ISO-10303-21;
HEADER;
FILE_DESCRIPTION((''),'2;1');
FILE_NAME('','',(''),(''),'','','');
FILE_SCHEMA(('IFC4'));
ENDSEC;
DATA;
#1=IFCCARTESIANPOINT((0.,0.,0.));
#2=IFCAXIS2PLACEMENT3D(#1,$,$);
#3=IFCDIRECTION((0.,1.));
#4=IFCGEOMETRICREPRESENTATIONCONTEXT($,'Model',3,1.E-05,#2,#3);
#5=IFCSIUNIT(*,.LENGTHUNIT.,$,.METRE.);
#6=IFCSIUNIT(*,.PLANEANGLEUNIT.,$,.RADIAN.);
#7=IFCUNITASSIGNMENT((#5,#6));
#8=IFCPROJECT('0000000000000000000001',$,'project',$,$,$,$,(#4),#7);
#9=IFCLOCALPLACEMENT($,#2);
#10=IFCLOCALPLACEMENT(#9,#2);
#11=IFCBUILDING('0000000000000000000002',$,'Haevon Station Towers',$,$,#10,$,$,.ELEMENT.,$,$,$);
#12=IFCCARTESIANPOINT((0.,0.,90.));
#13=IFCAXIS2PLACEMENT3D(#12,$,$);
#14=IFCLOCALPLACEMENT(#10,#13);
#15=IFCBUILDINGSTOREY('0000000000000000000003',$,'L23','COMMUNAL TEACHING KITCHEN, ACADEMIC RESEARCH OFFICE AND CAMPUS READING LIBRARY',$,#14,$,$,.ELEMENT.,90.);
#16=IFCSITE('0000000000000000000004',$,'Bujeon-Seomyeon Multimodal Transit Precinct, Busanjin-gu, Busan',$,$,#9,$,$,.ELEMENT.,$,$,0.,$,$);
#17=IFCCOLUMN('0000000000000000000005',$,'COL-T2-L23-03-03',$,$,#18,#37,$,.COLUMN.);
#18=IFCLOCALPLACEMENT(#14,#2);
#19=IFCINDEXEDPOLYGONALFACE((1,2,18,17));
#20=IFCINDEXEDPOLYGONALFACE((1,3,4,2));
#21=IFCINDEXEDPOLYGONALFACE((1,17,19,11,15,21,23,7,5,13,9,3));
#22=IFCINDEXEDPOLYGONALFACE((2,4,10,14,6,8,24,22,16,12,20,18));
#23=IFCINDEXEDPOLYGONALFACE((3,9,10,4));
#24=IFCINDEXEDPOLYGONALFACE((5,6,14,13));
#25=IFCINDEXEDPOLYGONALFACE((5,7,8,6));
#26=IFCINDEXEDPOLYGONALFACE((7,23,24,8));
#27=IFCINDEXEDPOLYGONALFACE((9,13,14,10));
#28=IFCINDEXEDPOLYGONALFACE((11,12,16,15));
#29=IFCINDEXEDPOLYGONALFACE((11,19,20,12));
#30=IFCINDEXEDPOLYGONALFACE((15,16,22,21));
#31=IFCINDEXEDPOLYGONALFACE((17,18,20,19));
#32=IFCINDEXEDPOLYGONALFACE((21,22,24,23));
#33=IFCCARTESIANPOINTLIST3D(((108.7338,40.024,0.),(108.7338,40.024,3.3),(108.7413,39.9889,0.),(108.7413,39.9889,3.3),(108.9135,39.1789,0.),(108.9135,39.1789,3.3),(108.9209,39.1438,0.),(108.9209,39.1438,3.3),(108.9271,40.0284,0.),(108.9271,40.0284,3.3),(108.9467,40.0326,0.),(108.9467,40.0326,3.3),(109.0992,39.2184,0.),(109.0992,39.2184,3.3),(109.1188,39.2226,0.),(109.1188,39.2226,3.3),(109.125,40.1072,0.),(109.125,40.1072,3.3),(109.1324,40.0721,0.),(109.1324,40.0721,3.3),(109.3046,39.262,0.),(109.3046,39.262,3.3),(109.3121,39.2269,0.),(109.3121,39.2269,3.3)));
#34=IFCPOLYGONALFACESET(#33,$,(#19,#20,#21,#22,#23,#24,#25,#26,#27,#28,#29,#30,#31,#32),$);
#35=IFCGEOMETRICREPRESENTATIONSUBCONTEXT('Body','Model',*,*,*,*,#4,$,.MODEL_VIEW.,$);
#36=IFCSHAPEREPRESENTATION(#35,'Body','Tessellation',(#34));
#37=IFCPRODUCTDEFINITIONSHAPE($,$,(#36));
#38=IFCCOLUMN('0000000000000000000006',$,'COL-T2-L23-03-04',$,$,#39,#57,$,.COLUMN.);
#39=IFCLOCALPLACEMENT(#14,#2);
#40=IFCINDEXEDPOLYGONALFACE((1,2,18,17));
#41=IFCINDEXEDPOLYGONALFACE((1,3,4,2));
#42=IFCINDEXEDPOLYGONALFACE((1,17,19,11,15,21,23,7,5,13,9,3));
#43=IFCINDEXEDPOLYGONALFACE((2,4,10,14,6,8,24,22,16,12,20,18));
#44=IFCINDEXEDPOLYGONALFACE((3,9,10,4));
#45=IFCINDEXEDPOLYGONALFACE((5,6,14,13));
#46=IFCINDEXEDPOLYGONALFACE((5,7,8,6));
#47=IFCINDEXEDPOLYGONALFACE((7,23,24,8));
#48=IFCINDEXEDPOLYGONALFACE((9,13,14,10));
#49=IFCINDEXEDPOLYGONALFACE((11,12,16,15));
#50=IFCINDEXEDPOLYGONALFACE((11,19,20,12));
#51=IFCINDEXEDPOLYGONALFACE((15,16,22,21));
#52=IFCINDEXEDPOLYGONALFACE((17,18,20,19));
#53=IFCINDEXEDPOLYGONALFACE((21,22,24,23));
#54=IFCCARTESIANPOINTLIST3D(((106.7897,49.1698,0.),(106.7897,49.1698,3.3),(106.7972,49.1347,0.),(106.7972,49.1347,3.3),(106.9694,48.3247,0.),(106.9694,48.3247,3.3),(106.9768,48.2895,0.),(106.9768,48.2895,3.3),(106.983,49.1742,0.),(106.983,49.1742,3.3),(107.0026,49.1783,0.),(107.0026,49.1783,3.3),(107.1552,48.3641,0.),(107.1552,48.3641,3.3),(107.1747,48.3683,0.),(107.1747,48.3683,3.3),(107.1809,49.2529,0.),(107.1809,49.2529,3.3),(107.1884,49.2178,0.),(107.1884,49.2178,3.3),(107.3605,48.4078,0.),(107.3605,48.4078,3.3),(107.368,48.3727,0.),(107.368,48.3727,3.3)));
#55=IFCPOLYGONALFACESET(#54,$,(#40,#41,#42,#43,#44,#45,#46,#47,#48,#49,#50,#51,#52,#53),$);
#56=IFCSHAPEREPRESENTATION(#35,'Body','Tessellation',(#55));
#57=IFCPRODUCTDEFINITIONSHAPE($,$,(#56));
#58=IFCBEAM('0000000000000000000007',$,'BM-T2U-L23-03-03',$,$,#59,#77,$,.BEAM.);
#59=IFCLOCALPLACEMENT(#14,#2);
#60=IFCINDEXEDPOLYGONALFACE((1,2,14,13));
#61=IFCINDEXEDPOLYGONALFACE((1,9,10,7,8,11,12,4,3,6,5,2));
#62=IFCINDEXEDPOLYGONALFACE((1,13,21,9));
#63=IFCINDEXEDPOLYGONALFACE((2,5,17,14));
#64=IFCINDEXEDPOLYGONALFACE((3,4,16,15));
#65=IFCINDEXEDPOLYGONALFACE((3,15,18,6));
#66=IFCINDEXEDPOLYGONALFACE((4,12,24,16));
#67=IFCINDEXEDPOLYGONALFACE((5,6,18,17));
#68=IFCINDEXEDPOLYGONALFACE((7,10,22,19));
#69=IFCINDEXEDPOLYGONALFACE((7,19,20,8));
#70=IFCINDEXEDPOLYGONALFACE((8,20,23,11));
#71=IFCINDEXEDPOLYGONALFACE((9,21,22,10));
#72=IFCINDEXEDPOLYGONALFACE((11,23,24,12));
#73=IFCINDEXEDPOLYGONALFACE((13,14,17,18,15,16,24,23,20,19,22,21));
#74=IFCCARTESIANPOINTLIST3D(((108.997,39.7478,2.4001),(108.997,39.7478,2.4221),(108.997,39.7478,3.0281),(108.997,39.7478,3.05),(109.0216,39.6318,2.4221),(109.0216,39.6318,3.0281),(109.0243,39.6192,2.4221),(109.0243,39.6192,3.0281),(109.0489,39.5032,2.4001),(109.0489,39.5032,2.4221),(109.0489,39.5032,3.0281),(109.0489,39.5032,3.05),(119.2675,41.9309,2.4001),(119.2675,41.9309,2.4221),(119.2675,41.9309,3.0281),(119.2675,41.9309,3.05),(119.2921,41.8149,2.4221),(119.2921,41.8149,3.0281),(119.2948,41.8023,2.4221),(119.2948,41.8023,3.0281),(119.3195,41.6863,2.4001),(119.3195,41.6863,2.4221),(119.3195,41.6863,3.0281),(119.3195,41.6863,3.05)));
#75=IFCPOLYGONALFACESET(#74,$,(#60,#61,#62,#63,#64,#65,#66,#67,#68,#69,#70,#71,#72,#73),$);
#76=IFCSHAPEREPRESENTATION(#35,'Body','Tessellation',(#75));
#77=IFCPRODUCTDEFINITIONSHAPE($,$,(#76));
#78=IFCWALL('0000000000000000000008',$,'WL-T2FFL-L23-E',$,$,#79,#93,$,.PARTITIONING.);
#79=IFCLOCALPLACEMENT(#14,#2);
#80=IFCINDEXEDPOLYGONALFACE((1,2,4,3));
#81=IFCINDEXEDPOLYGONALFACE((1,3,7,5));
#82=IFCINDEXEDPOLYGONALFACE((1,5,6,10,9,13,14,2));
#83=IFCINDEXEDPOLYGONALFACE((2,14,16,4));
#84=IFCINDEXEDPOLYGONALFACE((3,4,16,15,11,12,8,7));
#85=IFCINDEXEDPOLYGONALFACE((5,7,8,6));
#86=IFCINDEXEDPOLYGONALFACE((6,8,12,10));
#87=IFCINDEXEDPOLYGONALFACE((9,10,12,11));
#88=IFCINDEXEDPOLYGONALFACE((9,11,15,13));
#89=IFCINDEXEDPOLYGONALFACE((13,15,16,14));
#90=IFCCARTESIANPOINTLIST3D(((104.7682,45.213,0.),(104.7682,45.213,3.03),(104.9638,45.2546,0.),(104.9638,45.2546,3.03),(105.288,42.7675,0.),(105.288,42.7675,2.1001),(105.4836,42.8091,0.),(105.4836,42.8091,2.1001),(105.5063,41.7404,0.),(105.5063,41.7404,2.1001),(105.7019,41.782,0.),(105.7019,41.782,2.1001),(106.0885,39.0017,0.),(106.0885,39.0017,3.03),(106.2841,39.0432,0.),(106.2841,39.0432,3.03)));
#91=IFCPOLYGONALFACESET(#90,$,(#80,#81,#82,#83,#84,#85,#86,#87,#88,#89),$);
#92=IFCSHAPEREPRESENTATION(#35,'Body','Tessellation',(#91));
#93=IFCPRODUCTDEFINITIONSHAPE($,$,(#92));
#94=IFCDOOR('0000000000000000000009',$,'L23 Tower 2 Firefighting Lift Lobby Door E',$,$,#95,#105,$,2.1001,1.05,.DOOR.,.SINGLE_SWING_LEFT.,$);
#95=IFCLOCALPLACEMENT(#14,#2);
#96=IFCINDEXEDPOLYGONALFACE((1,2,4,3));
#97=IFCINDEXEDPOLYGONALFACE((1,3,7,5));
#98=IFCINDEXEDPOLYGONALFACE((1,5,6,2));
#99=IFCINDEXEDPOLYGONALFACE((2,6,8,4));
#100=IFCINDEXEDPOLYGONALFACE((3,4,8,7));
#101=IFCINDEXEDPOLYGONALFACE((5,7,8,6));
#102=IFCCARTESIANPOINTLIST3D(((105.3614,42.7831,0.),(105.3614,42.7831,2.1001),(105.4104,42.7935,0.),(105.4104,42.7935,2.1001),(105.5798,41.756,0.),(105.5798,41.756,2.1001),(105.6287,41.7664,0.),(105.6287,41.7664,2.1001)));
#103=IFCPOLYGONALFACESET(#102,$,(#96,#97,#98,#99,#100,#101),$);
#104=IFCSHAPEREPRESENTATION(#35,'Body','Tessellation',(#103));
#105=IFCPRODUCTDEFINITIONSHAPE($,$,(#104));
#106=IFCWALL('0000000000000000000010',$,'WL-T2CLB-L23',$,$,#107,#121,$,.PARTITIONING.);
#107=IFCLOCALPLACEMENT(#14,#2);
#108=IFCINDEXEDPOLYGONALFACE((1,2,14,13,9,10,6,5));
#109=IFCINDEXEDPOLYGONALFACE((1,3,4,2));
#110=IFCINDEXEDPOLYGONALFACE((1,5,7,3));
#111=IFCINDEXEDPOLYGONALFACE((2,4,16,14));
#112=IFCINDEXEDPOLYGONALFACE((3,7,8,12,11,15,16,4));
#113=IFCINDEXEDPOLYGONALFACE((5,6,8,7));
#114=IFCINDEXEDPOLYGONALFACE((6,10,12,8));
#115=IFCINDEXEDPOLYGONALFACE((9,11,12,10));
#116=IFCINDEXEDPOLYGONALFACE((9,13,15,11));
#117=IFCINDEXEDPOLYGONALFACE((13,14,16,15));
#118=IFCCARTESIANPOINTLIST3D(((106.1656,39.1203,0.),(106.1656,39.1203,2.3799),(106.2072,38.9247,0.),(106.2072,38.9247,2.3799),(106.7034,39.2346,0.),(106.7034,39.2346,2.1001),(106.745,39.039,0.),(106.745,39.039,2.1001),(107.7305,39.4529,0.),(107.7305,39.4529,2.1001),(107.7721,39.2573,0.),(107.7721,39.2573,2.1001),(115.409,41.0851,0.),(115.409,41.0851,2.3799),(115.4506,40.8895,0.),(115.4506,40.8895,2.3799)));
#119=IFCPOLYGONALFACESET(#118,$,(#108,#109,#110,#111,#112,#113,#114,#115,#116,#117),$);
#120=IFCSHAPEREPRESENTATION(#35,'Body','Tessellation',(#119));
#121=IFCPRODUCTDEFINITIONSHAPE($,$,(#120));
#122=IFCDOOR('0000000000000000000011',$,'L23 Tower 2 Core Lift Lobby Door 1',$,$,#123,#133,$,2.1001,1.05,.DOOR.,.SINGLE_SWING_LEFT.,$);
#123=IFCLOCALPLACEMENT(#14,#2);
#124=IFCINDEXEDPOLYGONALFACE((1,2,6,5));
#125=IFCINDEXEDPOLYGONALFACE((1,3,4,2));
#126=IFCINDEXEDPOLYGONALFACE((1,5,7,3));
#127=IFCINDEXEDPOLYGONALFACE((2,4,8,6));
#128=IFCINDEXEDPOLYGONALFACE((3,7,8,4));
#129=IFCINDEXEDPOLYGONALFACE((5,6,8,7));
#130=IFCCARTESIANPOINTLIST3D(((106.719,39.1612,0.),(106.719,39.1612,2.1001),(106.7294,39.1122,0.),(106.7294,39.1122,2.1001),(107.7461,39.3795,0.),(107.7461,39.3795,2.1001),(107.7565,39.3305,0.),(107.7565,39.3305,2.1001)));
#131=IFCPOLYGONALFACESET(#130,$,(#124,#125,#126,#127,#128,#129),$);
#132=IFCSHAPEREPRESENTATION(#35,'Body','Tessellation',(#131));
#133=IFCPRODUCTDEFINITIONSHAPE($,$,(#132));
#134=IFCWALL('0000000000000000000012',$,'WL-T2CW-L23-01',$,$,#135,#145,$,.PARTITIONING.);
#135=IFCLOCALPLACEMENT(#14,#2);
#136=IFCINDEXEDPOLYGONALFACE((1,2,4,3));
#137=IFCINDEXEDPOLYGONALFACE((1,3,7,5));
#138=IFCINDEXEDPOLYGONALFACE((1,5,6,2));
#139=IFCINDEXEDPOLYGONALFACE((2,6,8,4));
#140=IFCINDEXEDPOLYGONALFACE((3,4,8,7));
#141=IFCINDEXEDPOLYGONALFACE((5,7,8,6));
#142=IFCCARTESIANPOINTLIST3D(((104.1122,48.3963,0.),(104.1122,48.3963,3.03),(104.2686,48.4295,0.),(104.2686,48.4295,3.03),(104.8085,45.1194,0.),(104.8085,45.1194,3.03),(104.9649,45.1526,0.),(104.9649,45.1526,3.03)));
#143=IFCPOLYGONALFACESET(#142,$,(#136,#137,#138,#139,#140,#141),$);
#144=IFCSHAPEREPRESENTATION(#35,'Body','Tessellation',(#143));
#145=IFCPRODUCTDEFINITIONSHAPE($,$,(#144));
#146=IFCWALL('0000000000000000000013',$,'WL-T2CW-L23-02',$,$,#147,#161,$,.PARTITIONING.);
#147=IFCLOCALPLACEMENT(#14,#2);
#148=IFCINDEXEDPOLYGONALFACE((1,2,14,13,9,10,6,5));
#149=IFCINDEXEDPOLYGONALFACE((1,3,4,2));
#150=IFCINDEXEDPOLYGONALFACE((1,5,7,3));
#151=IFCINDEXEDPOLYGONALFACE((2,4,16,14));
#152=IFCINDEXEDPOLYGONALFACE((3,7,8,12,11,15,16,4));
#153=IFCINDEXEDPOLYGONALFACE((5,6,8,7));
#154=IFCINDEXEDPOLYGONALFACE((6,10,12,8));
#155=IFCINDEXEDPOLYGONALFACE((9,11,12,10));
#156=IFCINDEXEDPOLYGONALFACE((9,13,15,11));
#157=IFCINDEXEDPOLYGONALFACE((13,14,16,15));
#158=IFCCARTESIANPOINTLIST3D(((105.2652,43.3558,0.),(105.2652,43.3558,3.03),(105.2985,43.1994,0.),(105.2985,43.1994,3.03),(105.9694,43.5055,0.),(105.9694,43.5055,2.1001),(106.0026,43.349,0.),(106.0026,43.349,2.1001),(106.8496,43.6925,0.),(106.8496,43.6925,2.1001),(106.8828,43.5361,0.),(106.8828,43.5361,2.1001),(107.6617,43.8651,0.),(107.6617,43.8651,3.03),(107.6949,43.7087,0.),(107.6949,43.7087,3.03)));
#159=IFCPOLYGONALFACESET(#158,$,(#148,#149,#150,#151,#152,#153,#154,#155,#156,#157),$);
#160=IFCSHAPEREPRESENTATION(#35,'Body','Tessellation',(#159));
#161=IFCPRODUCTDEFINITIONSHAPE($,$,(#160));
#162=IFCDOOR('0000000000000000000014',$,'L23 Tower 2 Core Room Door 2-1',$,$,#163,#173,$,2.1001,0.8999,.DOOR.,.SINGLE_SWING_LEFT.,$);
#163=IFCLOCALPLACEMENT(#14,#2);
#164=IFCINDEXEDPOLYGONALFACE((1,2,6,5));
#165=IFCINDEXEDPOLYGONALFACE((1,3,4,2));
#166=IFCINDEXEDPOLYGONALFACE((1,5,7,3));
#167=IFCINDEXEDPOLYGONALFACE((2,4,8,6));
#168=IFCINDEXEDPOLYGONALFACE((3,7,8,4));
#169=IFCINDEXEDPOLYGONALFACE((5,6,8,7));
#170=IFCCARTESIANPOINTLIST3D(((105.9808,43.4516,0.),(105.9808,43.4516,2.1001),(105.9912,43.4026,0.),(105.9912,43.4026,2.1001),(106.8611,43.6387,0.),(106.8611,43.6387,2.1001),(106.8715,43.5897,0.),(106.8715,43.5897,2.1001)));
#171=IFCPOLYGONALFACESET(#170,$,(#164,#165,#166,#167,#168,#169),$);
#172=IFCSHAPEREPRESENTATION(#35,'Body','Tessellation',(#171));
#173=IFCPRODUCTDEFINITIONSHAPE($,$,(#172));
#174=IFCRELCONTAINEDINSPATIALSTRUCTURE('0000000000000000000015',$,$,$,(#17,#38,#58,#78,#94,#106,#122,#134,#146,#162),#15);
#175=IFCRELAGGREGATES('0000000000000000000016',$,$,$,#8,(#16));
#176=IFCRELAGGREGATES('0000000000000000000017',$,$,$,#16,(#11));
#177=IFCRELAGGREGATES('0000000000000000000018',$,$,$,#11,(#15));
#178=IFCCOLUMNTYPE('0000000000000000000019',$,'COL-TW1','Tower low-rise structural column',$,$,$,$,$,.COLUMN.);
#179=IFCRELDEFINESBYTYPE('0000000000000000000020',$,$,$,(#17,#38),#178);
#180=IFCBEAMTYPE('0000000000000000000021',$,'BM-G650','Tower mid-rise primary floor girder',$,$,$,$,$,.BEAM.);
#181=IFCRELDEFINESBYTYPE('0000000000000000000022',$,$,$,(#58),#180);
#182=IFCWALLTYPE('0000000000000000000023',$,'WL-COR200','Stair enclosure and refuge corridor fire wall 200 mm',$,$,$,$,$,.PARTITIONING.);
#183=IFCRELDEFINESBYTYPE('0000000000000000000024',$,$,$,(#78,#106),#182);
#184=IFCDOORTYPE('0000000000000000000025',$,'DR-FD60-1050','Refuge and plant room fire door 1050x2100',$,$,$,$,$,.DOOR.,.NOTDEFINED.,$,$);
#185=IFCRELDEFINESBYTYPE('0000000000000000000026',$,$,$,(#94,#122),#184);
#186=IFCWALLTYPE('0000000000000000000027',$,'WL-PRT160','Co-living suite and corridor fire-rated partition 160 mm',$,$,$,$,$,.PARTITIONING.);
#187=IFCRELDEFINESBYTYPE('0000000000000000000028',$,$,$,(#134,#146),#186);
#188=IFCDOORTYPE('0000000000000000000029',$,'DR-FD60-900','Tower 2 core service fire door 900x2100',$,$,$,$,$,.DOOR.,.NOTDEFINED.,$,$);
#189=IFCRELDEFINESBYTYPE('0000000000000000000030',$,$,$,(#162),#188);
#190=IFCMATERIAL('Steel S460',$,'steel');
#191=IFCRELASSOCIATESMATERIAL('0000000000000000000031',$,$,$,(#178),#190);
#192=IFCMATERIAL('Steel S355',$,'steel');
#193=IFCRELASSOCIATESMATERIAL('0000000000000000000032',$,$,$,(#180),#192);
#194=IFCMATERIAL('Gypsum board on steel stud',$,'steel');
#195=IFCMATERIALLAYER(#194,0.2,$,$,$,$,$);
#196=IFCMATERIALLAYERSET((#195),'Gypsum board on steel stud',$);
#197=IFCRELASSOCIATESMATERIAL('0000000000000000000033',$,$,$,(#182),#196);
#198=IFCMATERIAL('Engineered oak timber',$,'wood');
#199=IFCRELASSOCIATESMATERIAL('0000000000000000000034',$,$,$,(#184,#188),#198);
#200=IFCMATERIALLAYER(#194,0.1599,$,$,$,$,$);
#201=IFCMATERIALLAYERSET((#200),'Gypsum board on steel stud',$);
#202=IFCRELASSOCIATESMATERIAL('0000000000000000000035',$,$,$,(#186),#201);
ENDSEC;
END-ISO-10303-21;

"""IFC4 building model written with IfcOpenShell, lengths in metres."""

from ifc_helpers import new_model, si_unit, direction, frame, frame_2d, origin, origin_2d, place, context, subcontext, project, spatial, rectangle, i_section, extrude, material, layer, layer_set, material_profile, profile_set, type_object, element, fill, save


model = new_model("IFC4")

# Units and contexts
model_context = context("Model", 3, precision=1e-05, world=origin(), true_north=direction((0.0, 1.0)))
body_context = subcontext(model_context, "Body", "Model", "MODEL_VIEW")
ifc_project = project(units=[si_unit("LENGTHUNIT", "METRE"), si_unit("PLANEANGLEUNIT", "RADIAN")], contexts=[model_context])

# Site, building, storey
site_placement = place(None, origin())
site = spatial("IfcSite", under=ifc_project, at=site_placement, Name="Bujeon-Seomyeon Multimodal Transit Precinct, Busanjin-gu, Busan", CompositionType="ELEMENT", RefElevation=0.0)
building_placement = place(site_placement, origin())
building = spatial("IfcBuilding", under=site, at=building_placement, Name="Haevon Station Towers", CompositionType="ELEMENT")
storey_placement = place(building_placement, frame((0.0, 0.0, 90.0)))
storey = spatial("IfcBuildingStorey", under=building, at=storey_placement, Name="L23", Description="COMMUNAL TEACHING KITCHEN, ACADEMIC RESEARCH OFFICE AND CAMPUS READING LIBRARY", CompositionType="ELEMENT", Elevation=90.0)

# Columns
ifc_material_1 = material(Name="Steel S460", Category="steel")
ifc_material_profile_1 = material_profile(ifc_material_1, i_section(OverallWidth=0.3999, OverallDepth=0.8999, WebThickness=0.02, FlangeThickness=0.0359, at=origin_2d()), Name="H-900x400x20x36")
ifc_profile_set_1 = profile_set([ifc_material_profile_1], Name="Steel S460")
column_type = type_object("IfcColumnType", Name="COL-TW1", Description="Tower low-rise structural column", PredefinedType="COLUMN", material=ifc_profile_set_1)
for number, where, z_axis, x_axis, name in (
    (1, (109.0229, 39.6255, 0.0), (0.0, 0.0, 1.0), (0.978148, 0.207912, 0.0), "COL-T2-L23-03-03"),
    (2, (107.0789, 48.7712, 0.0), (0.0, 0.0, 1.0), (0.978148, 0.207912, 0.0), "COL-T2-L23-03-04"),
):
    element("IfcColumn", number, at=place(storey_placement, frame(where, z_axis=z_axis, x_axis=x_axis)), inside=storey, type_object=column_type, Name=name, PredefinedType="COLUMN", context=body_context, shape_type="SweptSolid", body=[
        extrude(i_section(OverallWidth=0.3999, OverallDepth=0.8999, WebThickness=0.02, FlangeThickness=0.0359, at=origin_2d()), origin(), (0.0, 0.0, 1.0), 3.3),
    ])

# Beam
ifc_material_2 = material(Name="Steel S355", Category="steel")
ifc_material_profile_2 = material_profile(ifc_material_2, i_section(OverallWidth=0.25, OverallDepth=0.6499, WebThickness=0.0129, FlangeThickness=0.022, at=origin_2d()), Name="H-650x250x13x22")
ifc_profile_set_2 = profile_set([ifc_material_profile_2], Name="Steel S355")
beam_type = type_object("IfcBeamType", Name="BM-G650", Description="Tower mid-rise primary floor girder", PredefinedType="BEAM", material=ifc_profile_set_2)
beam_placement = place(storey_placement, frame((109.0229, 39.6255, 2.7251), z_axis=(0.978147, 0.207915, 0.0), x_axis=(-0.207915, 0.978147, 0.0)))
element("IfcBeam", 3, at=beam_placement, inside=storey, type_object=beam_type, Name="BM-T2U-L23-03-03", PredefinedType="BEAM", context=body_context, shape_type="SweptSolid", body=[
    extrude(i_section(OverallWidth=0.25, OverallDepth=0.6499, WebThickness=0.0129, FlangeThickness=0.022, at=origin_2d()), origin(), (0.0, 0.0, 1.0), 10.5),
])

# Walls, openings, doors
ifc_material_3 = material(Name="Gypsum board on steel stud", Category="steel")
ifc_layer_1 = layer(ifc_material_3, 0.2)
ifc_layer_set_1 = layer_set([ifc_layer_1], Name="Gypsum board on steel stud")
wall_type_1 = type_object("IfcWallType", Name="WL-COR200", Description="Stair enclosure and refuge corridor fire wall 200 mm", PredefinedType="PARTITIONING", material=ifc_layer_set_1)
wall_1_placement = place(storey_placement, frame((106.1863, 39.0225, 0.0), z_axis=(0.0, 0.0, 1.0), x_axis=(-0.207917, 0.978147, 0.0)))
wall_1 = element("IfcWall", 4, at=wall_1_placement, inside=storey, type_object=wall_type_1, Name="WL-T2FFL-L23-E", PredefinedType="PARTITIONING", context=body_context, shape_type="SweptSolid", body=[
    extrude(rectangle(XDim=6.3501, YDim=0.2, at=frame_2d((3.175, 0.0))), origin(), (0.0, 0.0, 1.0), 3.03),
])
opening_1_placement = place(wall_1_placement, frame((2.8, 0.0, 0.0)))
opening_1 = element("IfcOpeningElement", 5, at=opening_1_placement, cuts=wall_1, PredefinedType="OPENING", context=body_context, shape_type="SweptSolid", body=[
    extrude(rectangle(XDim=1.05, YDim=2.1001, at=frame_2d((0.5249, 1.05))), frame((0.0, 0.1099, 0.0), z_axis=(0.0, -1.0, 0.0), x_axis=(1.0, 0.0, 0.0)), (0.0, 0.0, 1.0), 0.22),
])
ifc_material_4 = material(Name="Engineered oak timber", Category="wood")
door_type_1 = type_object("IfcDoorType", Name="DR-FD60-1050", Description="Refuge and plant room fire door 1050x2100", OperationType="NOTDEFINED", PredefinedType="DOOR", material=ifc_material_4)
door_1_placement = place(opening_1_placement, origin())
door_1 = element("IfcDoor", 6, at=door_1_placement, inside=storey, type_object=door_type_1, Name="L23 Tower 2 Firefighting Lift Lobby Door E", OperationType="SINGLE_SWING_LEFT", OverallHeight=2.1001, OverallWidth=1.05, PredefinedType="DOOR", context=body_context, shape_type="SweptSolid", body=[
    extrude(rectangle(XDim=1.05, YDim=2.1001, at=frame_2d((0.5249, 1.05))), frame((0.0, 0.0249, 0.0), z_axis=(0.0, -1.0, 0.0), x_axis=(1.0, 0.0, 0.0)), (0.0, 0.0, 1.0), 0.05),
])
fill(opening_1, door_1)
wall_2_placement = place(storey_placement, frame((106.1863, 39.0225, 0.0), z_axis=(0.0, 0.0, 1.0), x_axis=(0.978146, 0.207921, 0.0)))
wall_2 = element("IfcWall", 7, at=wall_2_placement, inside=storey, type_object=wall_type_1, Name="WL-T2CLB-L23", PredefinedType="PARTITIONING", context=body_context, shape_type="SweptSolid", body=[
    extrude(rectangle(XDim=9.45, YDim=0.2, at=frame_2d((4.7251, 0.0))), origin(), (0.0, 0.0, 1.0), 2.3799),
])
opening_2_placement = place(wall_2_placement, frame((0.55, 0.0, 0.0)))
opening_2 = element("IfcOpeningElement", 8, at=opening_2_placement, cuts=wall_2, PredefinedType="OPENING", context=body_context, shape_type="SweptSolid", body=[
    extrude(rectangle(XDim=1.05, YDim=2.1001, at=frame_2d((0.5249, 1.05))), frame((0.0, 0.1099, 0.0), z_axis=(0.0, -1.0, 0.0), x_axis=(1.0, 0.0, 0.0)), (0.0, 0.0, 1.0), 0.22),
])
door_2_placement = place(opening_2_placement, origin())
door_2 = element("IfcDoor", 9, at=door_2_placement, inside=storey, type_object=door_type_1, Name="L23 Tower 2 Core Lift Lobby Door 1", OperationType="SINGLE_SWING_LEFT", OverallHeight=2.1001, OverallWidth=1.05, PredefinedType="DOOR", context=body_context, shape_type="SweptSolid", body=[
    extrude(rectangle(XDim=1.05, YDim=2.1001, at=frame_2d((0.5249, 1.05))), frame((0.0, 0.0249, 0.0), z_axis=(0.0, -1.0, 0.0), x_axis=(1.0, 0.0, 0.0)), (0.0, 0.0, 1.0), 0.05),
])
fill(opening_2, door_2)

# Wall
ifc_layer_2 = layer(ifc_material_3, 0.1599)
ifc_layer_set_2 = layer_set([ifc_layer_2], Name="Gypsum board on steel stud")
wall_type_2 = type_object("IfcWallType", Name="WL-PRT160", Description="Co-living suite and corridor fire-rated partition 160 mm", PredefinedType="PARTITIONING", material=ifc_layer_set_2)
wall_3_placement = place(storey_placement, frame((104.8867, 45.136, 0.0), z_axis=(0.0, 0.0, 1.0), x_axis=(-0.207847, 0.978161, 0.0)))
element("IfcWall", 10, at=wall_3_placement, inside=storey, type_object=wall_type_2, Name="WL-T2CW-L23-01", PredefinedType="PARTITIONING", context=body_context, shape_type="SweptSolid", body=[
    extrude(rectangle(XDim=3.3501, YDim=0.1599, at=frame_2d((1.675, 0.0))), origin(), (0.0, 0.0, 1.0), 3.03),
])

# Wall, opening, door
wall_4_placement = place(storey_placement, frame((105.2817, 43.2776, 0.0), z_axis=(0.0, 0.0, 1.0), x_axis=(0.978157, 0.207868, 0.0)))
wall_4 = element("IfcWall", 11, at=wall_4_placement, inside=storey, type_object=wall_type_2, Name="WL-T2CW-L23-02", PredefinedType="PARTITIONING", context=body_context, shape_type="SweptSolid", body=[
    extrude(rectangle(XDim=2.45, YDim=0.1599, at=frame_2d((1.2251, 0.0))), origin(), (0.0, 0.0, 1.0), 3.03),
])
opening_3_placement = place(wall_4_placement, frame((0.72, 0.0, 0.0)))
opening_3 = element("IfcOpeningElement", 12, at=opening_3_placement, cuts=wall_4, PredefinedType="OPENING", context=body_context, shape_type="SweptSolid", body=[
    extrude(rectangle(XDim=0.8999, YDim=2.1001, at=frame_2d((0.45, 1.05))), frame((0.0, 0.0898, 0.0), z_axis=(0.0, -1.0, 0.0), x_axis=(1.0, 0.0, 0.0)), (0.0, 0.0, 1.0), 0.1799),
])
door_type_2 = type_object("IfcDoorType", Name="DR-FD60-900", Description="Tower 2 core service fire door 900x2100", OperationType="NOTDEFINED", PredefinedType="DOOR", material=ifc_material_4)
door_3_placement = place(opening_3_placement, origin())
door_3 = element("IfcDoor", 13, at=door_3_placement, inside=storey, type_object=door_type_2, Name="L23 Tower 2 Core Room Door 2-1", OperationType="SINGLE_SWING_LEFT", OverallHeight=2.1001, OverallWidth=0.8999, PredefinedType="DOOR", context=body_context, shape_type="SweptSolid", body=[
    extrude(rectangle(XDim=0.8999, YDim=2.1001, at=frame_2d((0.45, 1.05))), frame((0.0, 0.0249, 0.0), z_axis=(0.0, -1.0, 0.0), x_axis=(1.0, 0.0, 0.0)), (0.0, 0.0, 1.0), 0.05),
])
fill(opening_3, door_3)

save(model, "model.ifc")
